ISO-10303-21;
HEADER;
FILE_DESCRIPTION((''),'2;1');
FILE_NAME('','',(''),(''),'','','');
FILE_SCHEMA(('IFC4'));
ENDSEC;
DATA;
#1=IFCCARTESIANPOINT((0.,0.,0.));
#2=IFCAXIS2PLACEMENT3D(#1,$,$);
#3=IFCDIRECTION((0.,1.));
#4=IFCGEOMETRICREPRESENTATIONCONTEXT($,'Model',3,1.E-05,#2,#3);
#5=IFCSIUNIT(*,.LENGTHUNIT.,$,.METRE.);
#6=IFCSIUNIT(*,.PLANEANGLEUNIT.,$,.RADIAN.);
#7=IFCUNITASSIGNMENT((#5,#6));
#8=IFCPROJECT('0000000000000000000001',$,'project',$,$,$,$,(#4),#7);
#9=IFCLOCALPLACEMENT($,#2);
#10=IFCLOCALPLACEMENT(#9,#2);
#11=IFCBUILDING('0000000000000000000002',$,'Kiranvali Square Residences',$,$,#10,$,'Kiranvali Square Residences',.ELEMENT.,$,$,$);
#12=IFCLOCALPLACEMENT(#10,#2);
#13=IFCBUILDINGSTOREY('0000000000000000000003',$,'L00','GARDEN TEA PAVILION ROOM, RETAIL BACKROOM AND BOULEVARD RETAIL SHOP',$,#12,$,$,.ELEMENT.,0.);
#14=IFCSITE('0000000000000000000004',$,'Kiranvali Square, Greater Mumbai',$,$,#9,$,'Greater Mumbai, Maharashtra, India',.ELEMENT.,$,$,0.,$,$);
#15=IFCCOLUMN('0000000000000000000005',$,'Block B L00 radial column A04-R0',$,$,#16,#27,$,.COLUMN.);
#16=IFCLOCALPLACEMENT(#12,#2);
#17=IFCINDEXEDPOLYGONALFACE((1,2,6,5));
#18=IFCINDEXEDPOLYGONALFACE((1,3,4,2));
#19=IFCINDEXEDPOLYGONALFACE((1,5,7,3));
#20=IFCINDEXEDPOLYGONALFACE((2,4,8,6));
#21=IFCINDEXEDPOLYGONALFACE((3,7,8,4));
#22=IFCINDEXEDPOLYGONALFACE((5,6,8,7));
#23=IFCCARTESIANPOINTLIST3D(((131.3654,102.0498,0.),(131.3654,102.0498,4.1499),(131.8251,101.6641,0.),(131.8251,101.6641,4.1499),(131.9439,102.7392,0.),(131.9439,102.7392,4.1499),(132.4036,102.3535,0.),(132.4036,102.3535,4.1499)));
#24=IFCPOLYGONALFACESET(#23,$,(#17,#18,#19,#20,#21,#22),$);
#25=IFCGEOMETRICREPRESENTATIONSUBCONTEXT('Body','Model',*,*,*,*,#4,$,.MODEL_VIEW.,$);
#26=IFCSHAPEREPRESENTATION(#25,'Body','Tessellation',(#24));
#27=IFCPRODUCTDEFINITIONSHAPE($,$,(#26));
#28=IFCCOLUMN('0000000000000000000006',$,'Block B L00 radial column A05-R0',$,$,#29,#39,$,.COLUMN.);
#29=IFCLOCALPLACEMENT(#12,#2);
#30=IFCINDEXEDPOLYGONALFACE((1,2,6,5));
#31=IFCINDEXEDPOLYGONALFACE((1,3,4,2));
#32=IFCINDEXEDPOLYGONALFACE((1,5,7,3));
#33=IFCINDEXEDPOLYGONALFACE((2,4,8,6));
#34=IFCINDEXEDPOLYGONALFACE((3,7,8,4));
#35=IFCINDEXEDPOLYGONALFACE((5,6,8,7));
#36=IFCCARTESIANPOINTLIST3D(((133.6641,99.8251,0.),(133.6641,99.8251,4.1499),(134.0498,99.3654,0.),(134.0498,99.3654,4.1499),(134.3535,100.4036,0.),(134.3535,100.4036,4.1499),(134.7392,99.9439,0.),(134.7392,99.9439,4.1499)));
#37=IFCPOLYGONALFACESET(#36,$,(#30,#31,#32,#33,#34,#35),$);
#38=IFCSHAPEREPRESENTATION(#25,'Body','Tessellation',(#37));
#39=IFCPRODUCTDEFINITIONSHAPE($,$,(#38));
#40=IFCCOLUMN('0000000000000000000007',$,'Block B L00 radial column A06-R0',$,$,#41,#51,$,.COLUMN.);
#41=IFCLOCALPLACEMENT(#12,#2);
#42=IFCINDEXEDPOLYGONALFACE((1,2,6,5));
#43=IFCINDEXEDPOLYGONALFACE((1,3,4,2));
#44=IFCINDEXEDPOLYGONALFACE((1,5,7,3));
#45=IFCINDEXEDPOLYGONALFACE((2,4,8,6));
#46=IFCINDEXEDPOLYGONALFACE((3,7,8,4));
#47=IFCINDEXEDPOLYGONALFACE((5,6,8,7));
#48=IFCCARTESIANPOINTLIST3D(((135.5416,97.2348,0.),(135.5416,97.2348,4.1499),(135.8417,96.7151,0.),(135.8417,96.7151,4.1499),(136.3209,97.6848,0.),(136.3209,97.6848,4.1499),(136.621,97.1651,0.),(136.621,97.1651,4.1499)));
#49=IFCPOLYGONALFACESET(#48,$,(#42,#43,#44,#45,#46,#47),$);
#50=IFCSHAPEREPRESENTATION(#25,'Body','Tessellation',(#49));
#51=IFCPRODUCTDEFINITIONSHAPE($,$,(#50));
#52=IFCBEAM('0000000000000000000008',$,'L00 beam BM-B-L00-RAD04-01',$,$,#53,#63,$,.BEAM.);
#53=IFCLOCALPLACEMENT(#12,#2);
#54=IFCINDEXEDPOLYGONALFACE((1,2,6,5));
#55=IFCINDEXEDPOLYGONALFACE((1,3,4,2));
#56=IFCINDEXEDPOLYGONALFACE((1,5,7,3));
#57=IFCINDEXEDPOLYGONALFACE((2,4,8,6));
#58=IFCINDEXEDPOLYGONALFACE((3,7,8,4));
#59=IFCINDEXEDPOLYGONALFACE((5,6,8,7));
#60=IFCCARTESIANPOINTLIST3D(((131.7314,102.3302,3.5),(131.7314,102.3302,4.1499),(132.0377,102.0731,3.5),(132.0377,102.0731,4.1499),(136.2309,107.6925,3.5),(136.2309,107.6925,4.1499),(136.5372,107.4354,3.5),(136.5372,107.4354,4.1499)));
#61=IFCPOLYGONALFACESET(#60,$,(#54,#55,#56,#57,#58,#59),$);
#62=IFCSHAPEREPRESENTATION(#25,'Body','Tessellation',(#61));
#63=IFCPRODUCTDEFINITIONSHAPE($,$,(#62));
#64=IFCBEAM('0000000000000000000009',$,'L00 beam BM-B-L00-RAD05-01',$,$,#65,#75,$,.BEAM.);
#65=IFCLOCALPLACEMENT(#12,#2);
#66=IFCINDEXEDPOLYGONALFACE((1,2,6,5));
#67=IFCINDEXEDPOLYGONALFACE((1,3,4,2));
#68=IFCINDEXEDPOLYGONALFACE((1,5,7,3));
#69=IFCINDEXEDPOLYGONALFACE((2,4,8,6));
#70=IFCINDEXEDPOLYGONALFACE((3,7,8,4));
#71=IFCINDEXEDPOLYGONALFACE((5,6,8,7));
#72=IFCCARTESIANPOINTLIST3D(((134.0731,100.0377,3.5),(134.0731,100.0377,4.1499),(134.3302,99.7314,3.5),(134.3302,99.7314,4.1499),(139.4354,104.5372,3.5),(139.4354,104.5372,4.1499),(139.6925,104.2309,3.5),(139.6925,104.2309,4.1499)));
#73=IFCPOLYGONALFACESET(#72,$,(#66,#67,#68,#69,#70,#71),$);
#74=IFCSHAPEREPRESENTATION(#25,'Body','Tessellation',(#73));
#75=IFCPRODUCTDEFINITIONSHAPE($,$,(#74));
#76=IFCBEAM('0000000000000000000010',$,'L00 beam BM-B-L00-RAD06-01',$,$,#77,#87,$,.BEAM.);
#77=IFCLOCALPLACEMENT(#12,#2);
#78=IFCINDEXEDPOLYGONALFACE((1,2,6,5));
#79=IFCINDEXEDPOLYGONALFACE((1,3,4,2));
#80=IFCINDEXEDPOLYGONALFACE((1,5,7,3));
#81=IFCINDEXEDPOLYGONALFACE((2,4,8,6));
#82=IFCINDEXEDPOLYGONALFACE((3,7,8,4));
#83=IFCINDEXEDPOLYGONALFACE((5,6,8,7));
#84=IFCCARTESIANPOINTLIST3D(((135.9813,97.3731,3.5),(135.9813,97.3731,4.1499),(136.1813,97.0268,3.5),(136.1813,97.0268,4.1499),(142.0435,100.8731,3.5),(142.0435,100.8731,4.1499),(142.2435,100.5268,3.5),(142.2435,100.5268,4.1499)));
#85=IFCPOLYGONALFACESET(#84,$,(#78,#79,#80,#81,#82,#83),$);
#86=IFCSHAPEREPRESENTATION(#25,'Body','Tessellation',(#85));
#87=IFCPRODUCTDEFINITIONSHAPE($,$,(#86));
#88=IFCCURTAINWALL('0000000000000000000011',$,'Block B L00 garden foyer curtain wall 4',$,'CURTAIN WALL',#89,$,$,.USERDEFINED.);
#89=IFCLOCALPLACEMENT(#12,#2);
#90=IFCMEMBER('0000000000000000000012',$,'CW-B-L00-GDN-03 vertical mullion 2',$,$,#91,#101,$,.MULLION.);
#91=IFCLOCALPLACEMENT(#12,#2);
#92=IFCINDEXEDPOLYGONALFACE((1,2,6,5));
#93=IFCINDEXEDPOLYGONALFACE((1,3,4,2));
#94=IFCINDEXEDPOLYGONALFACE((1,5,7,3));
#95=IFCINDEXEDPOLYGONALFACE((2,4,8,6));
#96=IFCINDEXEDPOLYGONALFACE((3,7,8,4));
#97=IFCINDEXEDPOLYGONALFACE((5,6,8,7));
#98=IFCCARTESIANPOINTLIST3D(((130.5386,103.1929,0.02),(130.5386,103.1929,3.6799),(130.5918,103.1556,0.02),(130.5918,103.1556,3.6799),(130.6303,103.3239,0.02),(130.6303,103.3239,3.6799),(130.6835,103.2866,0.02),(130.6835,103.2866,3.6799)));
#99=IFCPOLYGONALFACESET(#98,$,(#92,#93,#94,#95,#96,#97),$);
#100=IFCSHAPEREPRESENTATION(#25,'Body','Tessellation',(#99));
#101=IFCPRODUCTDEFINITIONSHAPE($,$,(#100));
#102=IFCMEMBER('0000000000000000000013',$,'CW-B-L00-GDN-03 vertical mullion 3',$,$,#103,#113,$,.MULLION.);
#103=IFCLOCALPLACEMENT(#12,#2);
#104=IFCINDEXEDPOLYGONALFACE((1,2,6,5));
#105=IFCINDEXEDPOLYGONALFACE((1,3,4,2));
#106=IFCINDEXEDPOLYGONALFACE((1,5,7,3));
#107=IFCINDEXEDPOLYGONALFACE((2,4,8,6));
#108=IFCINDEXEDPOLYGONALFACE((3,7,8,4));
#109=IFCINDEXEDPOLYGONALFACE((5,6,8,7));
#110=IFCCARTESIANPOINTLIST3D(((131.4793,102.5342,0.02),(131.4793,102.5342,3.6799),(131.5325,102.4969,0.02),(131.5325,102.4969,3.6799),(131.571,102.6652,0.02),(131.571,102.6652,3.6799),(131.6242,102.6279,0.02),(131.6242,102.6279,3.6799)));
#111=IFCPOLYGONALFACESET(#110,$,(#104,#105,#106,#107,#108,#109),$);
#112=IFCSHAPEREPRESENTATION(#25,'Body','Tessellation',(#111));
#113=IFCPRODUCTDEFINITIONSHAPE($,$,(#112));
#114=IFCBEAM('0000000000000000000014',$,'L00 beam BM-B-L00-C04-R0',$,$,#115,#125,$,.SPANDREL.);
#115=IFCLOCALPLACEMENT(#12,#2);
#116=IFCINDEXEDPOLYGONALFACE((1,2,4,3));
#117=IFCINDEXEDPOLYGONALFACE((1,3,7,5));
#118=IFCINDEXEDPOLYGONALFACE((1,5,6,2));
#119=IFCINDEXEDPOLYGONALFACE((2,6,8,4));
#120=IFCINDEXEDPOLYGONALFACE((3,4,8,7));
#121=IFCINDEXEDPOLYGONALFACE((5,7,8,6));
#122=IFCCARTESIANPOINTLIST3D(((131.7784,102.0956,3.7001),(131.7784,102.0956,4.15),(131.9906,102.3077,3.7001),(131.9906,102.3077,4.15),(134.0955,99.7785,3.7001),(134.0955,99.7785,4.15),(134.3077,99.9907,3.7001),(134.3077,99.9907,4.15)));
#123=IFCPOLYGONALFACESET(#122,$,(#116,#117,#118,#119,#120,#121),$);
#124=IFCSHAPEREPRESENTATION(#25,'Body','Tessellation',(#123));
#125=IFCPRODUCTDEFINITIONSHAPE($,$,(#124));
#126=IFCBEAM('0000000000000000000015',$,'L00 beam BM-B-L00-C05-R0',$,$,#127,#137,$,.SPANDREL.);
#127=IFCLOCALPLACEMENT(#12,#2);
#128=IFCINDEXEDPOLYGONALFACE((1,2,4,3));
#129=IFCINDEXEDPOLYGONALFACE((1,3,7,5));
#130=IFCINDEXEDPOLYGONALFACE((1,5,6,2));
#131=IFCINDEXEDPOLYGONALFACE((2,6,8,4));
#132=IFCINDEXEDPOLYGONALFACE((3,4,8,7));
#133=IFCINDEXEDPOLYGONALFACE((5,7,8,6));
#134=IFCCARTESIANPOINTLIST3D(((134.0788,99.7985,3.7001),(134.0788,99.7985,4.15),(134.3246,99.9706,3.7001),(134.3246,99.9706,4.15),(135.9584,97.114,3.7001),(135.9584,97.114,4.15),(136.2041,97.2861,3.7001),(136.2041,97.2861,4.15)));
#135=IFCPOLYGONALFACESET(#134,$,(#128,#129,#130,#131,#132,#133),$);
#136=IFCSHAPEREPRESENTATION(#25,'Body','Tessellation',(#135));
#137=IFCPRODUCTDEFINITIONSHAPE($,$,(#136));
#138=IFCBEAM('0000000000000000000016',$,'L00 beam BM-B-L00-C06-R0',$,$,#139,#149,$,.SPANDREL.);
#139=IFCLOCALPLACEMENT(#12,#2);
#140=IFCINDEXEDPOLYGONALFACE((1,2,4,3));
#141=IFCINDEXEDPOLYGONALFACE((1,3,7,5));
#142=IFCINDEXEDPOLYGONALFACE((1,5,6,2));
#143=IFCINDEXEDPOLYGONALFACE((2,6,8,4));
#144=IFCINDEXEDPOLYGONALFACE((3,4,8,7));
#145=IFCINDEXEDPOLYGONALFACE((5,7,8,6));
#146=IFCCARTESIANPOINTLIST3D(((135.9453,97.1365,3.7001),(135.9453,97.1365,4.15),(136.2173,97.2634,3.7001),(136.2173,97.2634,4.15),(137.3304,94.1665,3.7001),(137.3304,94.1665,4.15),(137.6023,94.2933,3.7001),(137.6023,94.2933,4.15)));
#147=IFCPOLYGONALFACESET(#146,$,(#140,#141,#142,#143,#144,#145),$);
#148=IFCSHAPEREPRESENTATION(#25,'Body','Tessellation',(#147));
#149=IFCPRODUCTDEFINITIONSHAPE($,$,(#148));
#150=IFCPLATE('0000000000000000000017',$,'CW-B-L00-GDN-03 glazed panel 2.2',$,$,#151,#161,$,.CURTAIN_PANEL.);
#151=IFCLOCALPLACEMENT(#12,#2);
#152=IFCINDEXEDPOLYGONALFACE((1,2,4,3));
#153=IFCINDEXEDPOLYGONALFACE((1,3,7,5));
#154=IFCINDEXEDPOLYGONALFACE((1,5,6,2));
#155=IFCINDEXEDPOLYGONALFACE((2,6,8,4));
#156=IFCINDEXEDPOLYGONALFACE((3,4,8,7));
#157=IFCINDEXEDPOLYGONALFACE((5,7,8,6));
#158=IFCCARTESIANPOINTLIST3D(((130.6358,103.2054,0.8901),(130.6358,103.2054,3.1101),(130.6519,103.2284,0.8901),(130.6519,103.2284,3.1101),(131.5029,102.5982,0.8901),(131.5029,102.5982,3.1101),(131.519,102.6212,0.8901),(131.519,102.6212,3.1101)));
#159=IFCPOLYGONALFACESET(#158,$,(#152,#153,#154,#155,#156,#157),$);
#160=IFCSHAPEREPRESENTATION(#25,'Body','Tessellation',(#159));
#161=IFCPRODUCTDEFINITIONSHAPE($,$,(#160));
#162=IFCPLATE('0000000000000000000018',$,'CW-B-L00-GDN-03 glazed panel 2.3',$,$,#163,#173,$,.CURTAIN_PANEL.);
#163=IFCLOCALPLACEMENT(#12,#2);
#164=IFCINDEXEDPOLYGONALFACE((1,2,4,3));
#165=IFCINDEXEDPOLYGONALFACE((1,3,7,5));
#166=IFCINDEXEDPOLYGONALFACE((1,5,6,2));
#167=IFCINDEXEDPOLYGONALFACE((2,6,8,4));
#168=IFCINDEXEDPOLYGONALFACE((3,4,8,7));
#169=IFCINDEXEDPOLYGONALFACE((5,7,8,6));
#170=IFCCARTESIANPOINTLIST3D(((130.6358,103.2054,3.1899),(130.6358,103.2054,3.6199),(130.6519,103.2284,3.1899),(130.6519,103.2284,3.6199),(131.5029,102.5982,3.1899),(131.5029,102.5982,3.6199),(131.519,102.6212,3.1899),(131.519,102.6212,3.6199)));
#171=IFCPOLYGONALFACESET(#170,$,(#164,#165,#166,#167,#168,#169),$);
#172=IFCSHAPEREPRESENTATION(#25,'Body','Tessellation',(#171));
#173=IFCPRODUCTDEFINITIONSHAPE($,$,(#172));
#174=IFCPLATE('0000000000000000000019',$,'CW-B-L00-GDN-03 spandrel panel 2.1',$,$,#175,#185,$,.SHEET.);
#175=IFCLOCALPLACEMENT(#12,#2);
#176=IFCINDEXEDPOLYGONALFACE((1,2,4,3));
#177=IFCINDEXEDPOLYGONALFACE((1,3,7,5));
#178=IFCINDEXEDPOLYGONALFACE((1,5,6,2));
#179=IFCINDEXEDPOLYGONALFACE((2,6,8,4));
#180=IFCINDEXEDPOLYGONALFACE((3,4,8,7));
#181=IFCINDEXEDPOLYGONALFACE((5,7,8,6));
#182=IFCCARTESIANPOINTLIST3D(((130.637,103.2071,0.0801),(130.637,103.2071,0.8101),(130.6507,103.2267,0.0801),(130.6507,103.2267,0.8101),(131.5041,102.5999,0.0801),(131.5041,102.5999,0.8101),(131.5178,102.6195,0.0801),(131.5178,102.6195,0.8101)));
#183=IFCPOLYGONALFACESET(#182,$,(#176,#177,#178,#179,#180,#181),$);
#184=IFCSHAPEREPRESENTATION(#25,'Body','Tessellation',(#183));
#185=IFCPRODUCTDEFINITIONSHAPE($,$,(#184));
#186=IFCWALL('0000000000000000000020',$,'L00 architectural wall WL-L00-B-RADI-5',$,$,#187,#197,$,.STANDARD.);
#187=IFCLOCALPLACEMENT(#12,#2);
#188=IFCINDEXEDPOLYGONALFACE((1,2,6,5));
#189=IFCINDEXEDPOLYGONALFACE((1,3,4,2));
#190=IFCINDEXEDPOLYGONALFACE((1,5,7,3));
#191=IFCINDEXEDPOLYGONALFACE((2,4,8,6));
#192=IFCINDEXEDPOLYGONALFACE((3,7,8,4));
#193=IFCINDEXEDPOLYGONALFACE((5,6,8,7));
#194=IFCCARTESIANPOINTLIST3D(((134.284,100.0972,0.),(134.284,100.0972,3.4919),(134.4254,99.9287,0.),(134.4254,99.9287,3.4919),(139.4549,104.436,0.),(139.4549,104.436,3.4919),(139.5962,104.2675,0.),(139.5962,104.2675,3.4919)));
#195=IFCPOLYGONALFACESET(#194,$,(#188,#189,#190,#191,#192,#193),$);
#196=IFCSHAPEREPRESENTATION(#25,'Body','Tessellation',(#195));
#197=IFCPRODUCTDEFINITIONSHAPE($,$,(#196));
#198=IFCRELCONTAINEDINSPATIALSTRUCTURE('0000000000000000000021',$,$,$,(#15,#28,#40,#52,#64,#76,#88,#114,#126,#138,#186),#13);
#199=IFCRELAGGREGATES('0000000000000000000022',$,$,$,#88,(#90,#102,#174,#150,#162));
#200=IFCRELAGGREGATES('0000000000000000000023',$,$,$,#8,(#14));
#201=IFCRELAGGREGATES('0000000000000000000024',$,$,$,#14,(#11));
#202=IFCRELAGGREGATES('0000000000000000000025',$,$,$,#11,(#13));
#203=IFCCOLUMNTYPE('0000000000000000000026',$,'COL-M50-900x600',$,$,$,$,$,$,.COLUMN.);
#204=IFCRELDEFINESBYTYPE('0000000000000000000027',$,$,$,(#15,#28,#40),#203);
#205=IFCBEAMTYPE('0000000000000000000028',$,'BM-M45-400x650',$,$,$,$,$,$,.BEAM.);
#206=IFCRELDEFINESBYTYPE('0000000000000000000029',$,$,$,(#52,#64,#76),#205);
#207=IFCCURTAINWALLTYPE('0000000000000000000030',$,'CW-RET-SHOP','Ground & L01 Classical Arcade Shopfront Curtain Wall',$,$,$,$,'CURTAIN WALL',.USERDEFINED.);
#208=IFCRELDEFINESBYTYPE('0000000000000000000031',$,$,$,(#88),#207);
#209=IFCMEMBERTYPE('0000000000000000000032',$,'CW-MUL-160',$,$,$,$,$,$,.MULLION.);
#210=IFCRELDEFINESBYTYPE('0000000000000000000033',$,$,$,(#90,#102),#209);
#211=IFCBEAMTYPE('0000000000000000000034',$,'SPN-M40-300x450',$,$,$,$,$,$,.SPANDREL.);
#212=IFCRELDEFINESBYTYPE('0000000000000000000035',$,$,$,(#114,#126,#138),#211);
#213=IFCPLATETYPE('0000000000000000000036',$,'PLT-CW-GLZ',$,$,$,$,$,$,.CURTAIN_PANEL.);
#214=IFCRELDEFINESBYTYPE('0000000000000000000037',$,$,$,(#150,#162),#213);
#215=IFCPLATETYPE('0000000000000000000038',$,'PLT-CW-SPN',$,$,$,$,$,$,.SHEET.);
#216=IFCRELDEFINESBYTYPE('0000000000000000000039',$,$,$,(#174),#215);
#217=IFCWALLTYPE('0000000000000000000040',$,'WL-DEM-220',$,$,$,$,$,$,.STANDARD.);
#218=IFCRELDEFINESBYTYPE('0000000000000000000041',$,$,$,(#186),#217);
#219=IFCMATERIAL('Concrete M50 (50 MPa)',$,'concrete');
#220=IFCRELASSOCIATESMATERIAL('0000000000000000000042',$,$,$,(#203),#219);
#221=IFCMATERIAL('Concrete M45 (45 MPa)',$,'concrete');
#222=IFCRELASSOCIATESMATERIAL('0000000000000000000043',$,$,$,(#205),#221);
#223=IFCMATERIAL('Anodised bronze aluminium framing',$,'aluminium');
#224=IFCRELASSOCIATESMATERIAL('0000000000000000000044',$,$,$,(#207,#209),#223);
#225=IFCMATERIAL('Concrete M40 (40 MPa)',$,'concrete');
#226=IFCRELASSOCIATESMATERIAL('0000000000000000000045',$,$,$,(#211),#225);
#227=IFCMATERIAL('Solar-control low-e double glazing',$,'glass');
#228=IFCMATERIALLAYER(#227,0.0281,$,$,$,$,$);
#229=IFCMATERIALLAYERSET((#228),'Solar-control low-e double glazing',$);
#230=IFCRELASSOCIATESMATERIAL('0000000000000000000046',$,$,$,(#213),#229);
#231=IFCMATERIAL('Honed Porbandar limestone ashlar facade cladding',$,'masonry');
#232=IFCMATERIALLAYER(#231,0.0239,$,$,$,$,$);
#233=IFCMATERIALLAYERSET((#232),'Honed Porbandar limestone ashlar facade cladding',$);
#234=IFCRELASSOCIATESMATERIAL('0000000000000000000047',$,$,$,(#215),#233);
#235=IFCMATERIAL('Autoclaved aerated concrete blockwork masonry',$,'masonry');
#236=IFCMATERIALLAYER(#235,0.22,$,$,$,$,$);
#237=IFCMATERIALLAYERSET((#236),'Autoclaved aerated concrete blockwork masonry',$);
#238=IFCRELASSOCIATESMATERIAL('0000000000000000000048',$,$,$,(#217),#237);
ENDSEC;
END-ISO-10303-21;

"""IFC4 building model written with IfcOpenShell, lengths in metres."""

from ifc_helpers import new_model, si_unit, direction, frame, frame_2d, origin, origin_2d, place, context, subcontext, project, spatial, rectangle, extrude, material, layer, layer_set, material_profile, profile_set, type_object, element, aggregate, save


model = new_model("IFC4")

# Units and contexts
model_context = context("Model", 3, precision=1e-05, world=origin(), true_north=direction((0.0, 1.0)))
body_context = subcontext(model_context, "Body", "Model", "MODEL_VIEW")
ifc_project = project(units=[si_unit("LENGTHUNIT", "METRE"), si_unit("PLANEANGLEUNIT", "RADIAN")], contexts=[model_context])

# Site, building, storey
site_placement = place(None, origin())
site = spatial("IfcSite", under=ifc_project, at=site_placement, Name="Kiranvali Square, Greater Mumbai", LongName="Greater Mumbai, Maharashtra, India", CompositionType="ELEMENT", RefElevation=0.0)
building_placement = place(site_placement, origin())
building = spatial("IfcBuilding", under=site, at=building_placement, Name="Kiranvali Square Residences", LongName="Kiranvali Square Residences", CompositionType="ELEMENT")
storey_placement = place(building_placement, origin())
storey = spatial("IfcBuildingStorey", under=building, at=storey_placement, Name="L00", Description="GARDEN TEA PAVILION ROOM, RETAIL BACKROOM AND BOULEVARD RETAIL SHOP", CompositionType="ELEMENT", Elevation=0.0)

# Columns
ifc_material_1 = material(Name="Concrete M50 (50 MPa)", Category="concrete")
ifc_material_profile_1 = material_profile(ifc_material_1, rectangle(XDim=0.6001, YDim=0.8999, at=origin_2d()), Name="RC 900x600")
ifc_profile_set_1 = profile_set([ifc_material_profile_1], Name="Concrete M50 (50 MPa)")
column_type = type_object("IfcColumnType", Name="COL-M50-900x600", PredefinedType="COLUMN", material=ifc_profile_set_1)
for number, where, z_axis, x_axis, name in (
    (1, (131.8845, 102.2017, 0.0), (0.0, 0.0, 1.0), (-0.766044, 0.642788, 0.0), "Block B L00 radial column A04-R0"),
    (2, (134.2017, 99.8845, 0.0), (0.0, 0.0, 1.0), (-0.642788, 0.766044, 0.0), "Block B L00 radial column A05-R0"),
    (3, (136.0813, 97.2, 0.0), (0.0, 0.0, 1.0), (-0.5, 0.866025, 0.0), "Block B L00 radial column A06-R0"),
):
    element("IfcColumn", number, at=place(storey_placement, frame(where, z_axis=z_axis, x_axis=x_axis)), inside=storey, type_object=column_type, Name=name, PredefinedType="COLUMN", context=body_context, shape_type="SweptSolid", body=[
        extrude(rectangle(XDim=0.6001, YDim=0.8999, at=origin_2d()), origin(), (0.0, 0.0, 1.0), 4.1499),
    ])

# Beams
ifc_material_2 = material(Name="Concrete M45 (45 MPa)", Category="concrete")
ifc_material_profile_2 = material_profile(ifc_material_2, rectangle(XDim=0.3999, YDim=0.6499, at=origin_2d()), Name="RC 400x650")
ifc_profile_set_2 = profile_set([ifc_material_profile_2], Name="Concrete M45 (45 MPa)")
beam_type_1 = type_object("IfcBeamType", Name="BM-M45-400x650", PredefinedType="BEAM", material=ifc_profile_set_2)
for number, where, z_axis, x_axis, name in (
    (4, (131.8845, 102.2017, 3.825), (0.642788, 0.766044, 0.0), (-0.766044, 0.642788, 0.0), "L00 beam BM-B-L00-RAD04-01"),
    (5, (134.2017, 99.8845, 3.825), (0.766044, 0.642788, 0.0), (-0.642788, 0.766044, 0.0), "L00 beam BM-B-L00-RAD05-01"),
    (6, (136.0813, 97.2, 3.825), (0.866028, 0.499995, 0.0), (-0.499995, 0.866028, 0.0), "L00 beam BM-B-L00-RAD06-01"),
):
    element("IfcBeam", number, at=place(storey_placement, frame(where, z_axis=z_axis, x_axis=x_axis)), inside=storey, type_object=beam_type_1, Name=name, PredefinedType="BEAM", context=body_context, shape_type="SweptSolid", body=[
        extrude(rectangle(XDim=0.3999, YDim=0.6499, at=origin_2d()), origin(), (0.0, 0.0, 1.0), 7.0),
    ])

# Curtain wall, members
ifc_material_3 = material(Name="Anodised bronze aluminium framing", Category="aluminium")
curtain_wall_type = type_object("IfcCurtainWallType", Name="CW-RET-SHOP", Description="Ground & L01 Classical Arcade Shopfront Curtain Wall", ElementType="CURTAIN WALL", PredefinedType="USERDEFINED", material=ifc_material_3)
curtain_wall_placement = place(storey_placement, origin())
curtain_wall = element("IfcCurtainWall", 7, at=curtain_wall_placement, inside=storey, type_object=curtain_wall_type, Name="Block B L00 garden foyer curtain wall 4", ObjectType="CURTAIN WALL", PredefinedType="USERDEFINED")
ifc_material_profile_3 = material_profile(ifc_material_3, rectangle(XDim=0.0649, YDim=0.1599, at=origin_2d()), Name="ALU 65x160")
ifc_profile_set_3 = profile_set([ifc_material_profile_3], Name="Anodised bronze aluminium framing")
member_type = type_object("IfcMemberType", Name="CW-MUL-160", PredefinedType="MULLION", material=ifc_profile_set_3)
member_1_placement = place(storey_placement, frame((130.6111, 103.2397, 0.02), z_axis=(0.0, 0.0, 1.0), x_axis=(0.819152, -0.573576, 0.0)))
member_1 = element("IfcMember", 8, at=member_1_placement, type_object=member_type, Name="CW-B-L00-GDN-03 vertical mullion 2", PredefinedType="MULLION", context=body_context, shape_type="SweptSolid", body=[
    extrude(rectangle(XDim=0.0649, YDim=0.1599, at=origin_2d()), origin(), (0.0, 0.0, 1.0), 3.6599),
])
member_2_placement = place(storey_placement, frame((131.5518, 102.5811, 0.02), z_axis=(0.0, 0.0, 1.0), x_axis=(0.819152, -0.573576, 0.0)))
member_2 = element("IfcMember", 9, at=member_2_placement, type_object=member_type, Name="CW-B-L00-GDN-03 vertical mullion 3", PredefinedType="MULLION", context=body_context, shape_type="SweptSolid", body=[
    extrude(rectangle(XDim=0.0649, YDim=0.1599, at=origin_2d()), origin(), (0.0, 0.0, 1.0), 3.6599),
])

# Beams
ifc_material_4 = material(Name="Concrete M40 (40 MPa)", Category="concrete")
ifc_material_profile_4 = material_profile(ifc_material_4, rectangle(XDim=0.3, YDim=0.45, at=origin_2d()), Name="RC 300x450")
ifc_profile_set_4 = profile_set([ifc_material_profile_4], Name="Concrete M40 (40 MPa)")
beam_type_2 = type_object("IfcBeamType", Name="SPN-M40-300x450", PredefinedType="SPANDREL", material=ifc_profile_set_4)
beam_placement = place(storey_placement, frame((131.8845, 102.2017, 3.925), z_axis=(0.707107, -0.707107, 0.0), x_axis=(0.707107, 0.707107, 0.0)))
element("IfcBeam", 10, at=beam_placement, inside=storey, type_object=beam_type_2, Name="L00 beam BM-B-L00-C04-R0", PredefinedType="SPANDREL", context=body_context, shape_type="SweptSolid", body=[
    extrude(rectangle(XDim=0.3, YDim=0.45, at=origin_2d()), origin(), (0.0, 0.0, 1.0), 3.2769),
])
for number, where, z_axis, x_axis, name in (
    (11, (134.2017, 99.8845, 3.925), (0.573552, -0.819169, 0.0), (0.819169, 0.573552, 0.0), "L00 beam BM-B-L00-C05-R0"),
    (12, (136.0813, 97.2, 3.925), (0.422641, -0.906297, 0.0), (0.906297, 0.422641, 0.0), "L00 beam BM-B-L00-C06-R0"),
):
    element("IfcBeam", number, at=place(storey_placement, frame(where, z_axis=z_axis, x_axis=x_axis)), inside=storey, type_object=beam_type_2, Name=name, PredefinedType="SPANDREL", context=body_context, shape_type="SweptSolid", body=[
        extrude(rectangle(XDim=0.3, YDim=0.45, at=origin_2d()), origin(), (0.0, 0.0, 1.0), 3.2771),
    ])

# Plates
ifc_material_5 = material(Name="Solar-control low-e double glazing", Category="glass")
ifc_layer_1 = layer(ifc_material_5, 0.0281)
ifc_layer_set_1 = layer_set([ifc_layer_1], Name="Solar-control low-e double glazing")
plate_type_1 = type_object("IfcPlateType", Name="PLT-CW-GLZ", PredefinedType="CURTAIN_PANEL", material=ifc_layer_set_1)
plate_1_placement = place(storey_placement, frame((131.0774, 102.9133, 0.8901), z_axis=(0.0, 0.0, 1.0), x_axis=(0.819152, -0.573576, 0.0)))
plate_1 = element("IfcPlate", 13, at=plate_1_placement, type_object=plate_type_1, Name="CW-B-L00-GDN-03 glazed panel 2.2", PredefinedType="CURTAIN_PANEL", context=body_context, shape_type="SweptSolid", body=[
    extrude(rectangle(XDim=1.0586, YDim=0.0281, at=origin_2d()), origin(), (0.0, 0.0, 1.0), 2.22),
])
plate_2_placement = place(storey_placement, frame((131.0774, 102.9133, 3.1899), z_axis=(0.0, 0.0, 1.0), x_axis=(0.819152, -0.573576, 0.0)))
plate_2 = element("IfcPlate", 14, at=plate_2_placement, type_object=plate_type_1, Name="CW-B-L00-GDN-03 glazed panel 2.3", PredefinedType="CURTAIN_PANEL", context=body_context, shape_type="SweptSolid", body=[
    extrude(rectangle(XDim=1.0586, YDim=0.0281, at=origin_2d()), origin(), (0.0, 0.0, 1.0), 0.4299),
])
ifc_material_6 = material(Name="Honed Porbandar limestone ashlar facade cladding", Category="masonry")
ifc_layer_2 = layer(ifc_material_6, 0.0239)
ifc_layer_set_2 = layer_set([ifc_layer_2], Name="Honed Porbandar limestone ashlar facade cladding")
plate_type_2 = type_object("IfcPlateType", Name="PLT-CW-SPN", PredefinedType="SHEET", material=ifc_layer_set_2)
plate_3_placement = place(storey_placement, frame((131.0774, 102.9133, 0.0801), z_axis=(0.0, 0.0, 1.0), x_axis=(0.819152, -0.573576, 0.0)))
plate_3 = element("IfcPlate", 15, at=plate_3_placement, type_object=plate_type_2, Name="CW-B-L00-GDN-03 spandrel panel 2.1", PredefinedType="SHEET", context=body_context, shape_type="SweptSolid", body=[
    extrude(rectangle(XDim=1.0586, YDim=0.0239, at=origin_2d()), origin(), (0.0, 0.0, 1.0), 0.73),
])
aggregate(curtain_wall, [member_1, member_2, plate_3, plate_1, plate_2])

# Wall
ifc_material_7 = material(Name="Autoclaved aerated concrete blockwork masonry", Category="masonry")
ifc_layer_3 = layer(ifc_material_7, 0.22)
ifc_layer_set_3 = layer_set([ifc_layer_3], Name="Autoclaved aerated concrete blockwork masonry")
wall_type_1 = type_object("IfcWallType", Name="WL-DEM-220", PredefinedType="STANDARD", material=ifc_layer_set_3)
wall_1_placement = place(storey_placement, frame((134.3547, 100.0129, 0.0), z_axis=(0.0, 0.0, 1.0), x_axis=(0.766047, 0.642785, 0.0)))
element("IfcWall", 16, at=wall_1_placement, inside=storey, type_object=wall_type_1, Name="L00 architectural wall WL-L00-B-RADI-5", PredefinedType="STANDARD", context=body_context, shape_type="SweptSolid", body=[
    extrude(rectangle(XDim=6.75, YDim=0.22, at=frame_2d((3.375, 0.0))), origin(), (0.0, 0.0, 1.0), 3.4919),
])

save(model, "model.ifc")
